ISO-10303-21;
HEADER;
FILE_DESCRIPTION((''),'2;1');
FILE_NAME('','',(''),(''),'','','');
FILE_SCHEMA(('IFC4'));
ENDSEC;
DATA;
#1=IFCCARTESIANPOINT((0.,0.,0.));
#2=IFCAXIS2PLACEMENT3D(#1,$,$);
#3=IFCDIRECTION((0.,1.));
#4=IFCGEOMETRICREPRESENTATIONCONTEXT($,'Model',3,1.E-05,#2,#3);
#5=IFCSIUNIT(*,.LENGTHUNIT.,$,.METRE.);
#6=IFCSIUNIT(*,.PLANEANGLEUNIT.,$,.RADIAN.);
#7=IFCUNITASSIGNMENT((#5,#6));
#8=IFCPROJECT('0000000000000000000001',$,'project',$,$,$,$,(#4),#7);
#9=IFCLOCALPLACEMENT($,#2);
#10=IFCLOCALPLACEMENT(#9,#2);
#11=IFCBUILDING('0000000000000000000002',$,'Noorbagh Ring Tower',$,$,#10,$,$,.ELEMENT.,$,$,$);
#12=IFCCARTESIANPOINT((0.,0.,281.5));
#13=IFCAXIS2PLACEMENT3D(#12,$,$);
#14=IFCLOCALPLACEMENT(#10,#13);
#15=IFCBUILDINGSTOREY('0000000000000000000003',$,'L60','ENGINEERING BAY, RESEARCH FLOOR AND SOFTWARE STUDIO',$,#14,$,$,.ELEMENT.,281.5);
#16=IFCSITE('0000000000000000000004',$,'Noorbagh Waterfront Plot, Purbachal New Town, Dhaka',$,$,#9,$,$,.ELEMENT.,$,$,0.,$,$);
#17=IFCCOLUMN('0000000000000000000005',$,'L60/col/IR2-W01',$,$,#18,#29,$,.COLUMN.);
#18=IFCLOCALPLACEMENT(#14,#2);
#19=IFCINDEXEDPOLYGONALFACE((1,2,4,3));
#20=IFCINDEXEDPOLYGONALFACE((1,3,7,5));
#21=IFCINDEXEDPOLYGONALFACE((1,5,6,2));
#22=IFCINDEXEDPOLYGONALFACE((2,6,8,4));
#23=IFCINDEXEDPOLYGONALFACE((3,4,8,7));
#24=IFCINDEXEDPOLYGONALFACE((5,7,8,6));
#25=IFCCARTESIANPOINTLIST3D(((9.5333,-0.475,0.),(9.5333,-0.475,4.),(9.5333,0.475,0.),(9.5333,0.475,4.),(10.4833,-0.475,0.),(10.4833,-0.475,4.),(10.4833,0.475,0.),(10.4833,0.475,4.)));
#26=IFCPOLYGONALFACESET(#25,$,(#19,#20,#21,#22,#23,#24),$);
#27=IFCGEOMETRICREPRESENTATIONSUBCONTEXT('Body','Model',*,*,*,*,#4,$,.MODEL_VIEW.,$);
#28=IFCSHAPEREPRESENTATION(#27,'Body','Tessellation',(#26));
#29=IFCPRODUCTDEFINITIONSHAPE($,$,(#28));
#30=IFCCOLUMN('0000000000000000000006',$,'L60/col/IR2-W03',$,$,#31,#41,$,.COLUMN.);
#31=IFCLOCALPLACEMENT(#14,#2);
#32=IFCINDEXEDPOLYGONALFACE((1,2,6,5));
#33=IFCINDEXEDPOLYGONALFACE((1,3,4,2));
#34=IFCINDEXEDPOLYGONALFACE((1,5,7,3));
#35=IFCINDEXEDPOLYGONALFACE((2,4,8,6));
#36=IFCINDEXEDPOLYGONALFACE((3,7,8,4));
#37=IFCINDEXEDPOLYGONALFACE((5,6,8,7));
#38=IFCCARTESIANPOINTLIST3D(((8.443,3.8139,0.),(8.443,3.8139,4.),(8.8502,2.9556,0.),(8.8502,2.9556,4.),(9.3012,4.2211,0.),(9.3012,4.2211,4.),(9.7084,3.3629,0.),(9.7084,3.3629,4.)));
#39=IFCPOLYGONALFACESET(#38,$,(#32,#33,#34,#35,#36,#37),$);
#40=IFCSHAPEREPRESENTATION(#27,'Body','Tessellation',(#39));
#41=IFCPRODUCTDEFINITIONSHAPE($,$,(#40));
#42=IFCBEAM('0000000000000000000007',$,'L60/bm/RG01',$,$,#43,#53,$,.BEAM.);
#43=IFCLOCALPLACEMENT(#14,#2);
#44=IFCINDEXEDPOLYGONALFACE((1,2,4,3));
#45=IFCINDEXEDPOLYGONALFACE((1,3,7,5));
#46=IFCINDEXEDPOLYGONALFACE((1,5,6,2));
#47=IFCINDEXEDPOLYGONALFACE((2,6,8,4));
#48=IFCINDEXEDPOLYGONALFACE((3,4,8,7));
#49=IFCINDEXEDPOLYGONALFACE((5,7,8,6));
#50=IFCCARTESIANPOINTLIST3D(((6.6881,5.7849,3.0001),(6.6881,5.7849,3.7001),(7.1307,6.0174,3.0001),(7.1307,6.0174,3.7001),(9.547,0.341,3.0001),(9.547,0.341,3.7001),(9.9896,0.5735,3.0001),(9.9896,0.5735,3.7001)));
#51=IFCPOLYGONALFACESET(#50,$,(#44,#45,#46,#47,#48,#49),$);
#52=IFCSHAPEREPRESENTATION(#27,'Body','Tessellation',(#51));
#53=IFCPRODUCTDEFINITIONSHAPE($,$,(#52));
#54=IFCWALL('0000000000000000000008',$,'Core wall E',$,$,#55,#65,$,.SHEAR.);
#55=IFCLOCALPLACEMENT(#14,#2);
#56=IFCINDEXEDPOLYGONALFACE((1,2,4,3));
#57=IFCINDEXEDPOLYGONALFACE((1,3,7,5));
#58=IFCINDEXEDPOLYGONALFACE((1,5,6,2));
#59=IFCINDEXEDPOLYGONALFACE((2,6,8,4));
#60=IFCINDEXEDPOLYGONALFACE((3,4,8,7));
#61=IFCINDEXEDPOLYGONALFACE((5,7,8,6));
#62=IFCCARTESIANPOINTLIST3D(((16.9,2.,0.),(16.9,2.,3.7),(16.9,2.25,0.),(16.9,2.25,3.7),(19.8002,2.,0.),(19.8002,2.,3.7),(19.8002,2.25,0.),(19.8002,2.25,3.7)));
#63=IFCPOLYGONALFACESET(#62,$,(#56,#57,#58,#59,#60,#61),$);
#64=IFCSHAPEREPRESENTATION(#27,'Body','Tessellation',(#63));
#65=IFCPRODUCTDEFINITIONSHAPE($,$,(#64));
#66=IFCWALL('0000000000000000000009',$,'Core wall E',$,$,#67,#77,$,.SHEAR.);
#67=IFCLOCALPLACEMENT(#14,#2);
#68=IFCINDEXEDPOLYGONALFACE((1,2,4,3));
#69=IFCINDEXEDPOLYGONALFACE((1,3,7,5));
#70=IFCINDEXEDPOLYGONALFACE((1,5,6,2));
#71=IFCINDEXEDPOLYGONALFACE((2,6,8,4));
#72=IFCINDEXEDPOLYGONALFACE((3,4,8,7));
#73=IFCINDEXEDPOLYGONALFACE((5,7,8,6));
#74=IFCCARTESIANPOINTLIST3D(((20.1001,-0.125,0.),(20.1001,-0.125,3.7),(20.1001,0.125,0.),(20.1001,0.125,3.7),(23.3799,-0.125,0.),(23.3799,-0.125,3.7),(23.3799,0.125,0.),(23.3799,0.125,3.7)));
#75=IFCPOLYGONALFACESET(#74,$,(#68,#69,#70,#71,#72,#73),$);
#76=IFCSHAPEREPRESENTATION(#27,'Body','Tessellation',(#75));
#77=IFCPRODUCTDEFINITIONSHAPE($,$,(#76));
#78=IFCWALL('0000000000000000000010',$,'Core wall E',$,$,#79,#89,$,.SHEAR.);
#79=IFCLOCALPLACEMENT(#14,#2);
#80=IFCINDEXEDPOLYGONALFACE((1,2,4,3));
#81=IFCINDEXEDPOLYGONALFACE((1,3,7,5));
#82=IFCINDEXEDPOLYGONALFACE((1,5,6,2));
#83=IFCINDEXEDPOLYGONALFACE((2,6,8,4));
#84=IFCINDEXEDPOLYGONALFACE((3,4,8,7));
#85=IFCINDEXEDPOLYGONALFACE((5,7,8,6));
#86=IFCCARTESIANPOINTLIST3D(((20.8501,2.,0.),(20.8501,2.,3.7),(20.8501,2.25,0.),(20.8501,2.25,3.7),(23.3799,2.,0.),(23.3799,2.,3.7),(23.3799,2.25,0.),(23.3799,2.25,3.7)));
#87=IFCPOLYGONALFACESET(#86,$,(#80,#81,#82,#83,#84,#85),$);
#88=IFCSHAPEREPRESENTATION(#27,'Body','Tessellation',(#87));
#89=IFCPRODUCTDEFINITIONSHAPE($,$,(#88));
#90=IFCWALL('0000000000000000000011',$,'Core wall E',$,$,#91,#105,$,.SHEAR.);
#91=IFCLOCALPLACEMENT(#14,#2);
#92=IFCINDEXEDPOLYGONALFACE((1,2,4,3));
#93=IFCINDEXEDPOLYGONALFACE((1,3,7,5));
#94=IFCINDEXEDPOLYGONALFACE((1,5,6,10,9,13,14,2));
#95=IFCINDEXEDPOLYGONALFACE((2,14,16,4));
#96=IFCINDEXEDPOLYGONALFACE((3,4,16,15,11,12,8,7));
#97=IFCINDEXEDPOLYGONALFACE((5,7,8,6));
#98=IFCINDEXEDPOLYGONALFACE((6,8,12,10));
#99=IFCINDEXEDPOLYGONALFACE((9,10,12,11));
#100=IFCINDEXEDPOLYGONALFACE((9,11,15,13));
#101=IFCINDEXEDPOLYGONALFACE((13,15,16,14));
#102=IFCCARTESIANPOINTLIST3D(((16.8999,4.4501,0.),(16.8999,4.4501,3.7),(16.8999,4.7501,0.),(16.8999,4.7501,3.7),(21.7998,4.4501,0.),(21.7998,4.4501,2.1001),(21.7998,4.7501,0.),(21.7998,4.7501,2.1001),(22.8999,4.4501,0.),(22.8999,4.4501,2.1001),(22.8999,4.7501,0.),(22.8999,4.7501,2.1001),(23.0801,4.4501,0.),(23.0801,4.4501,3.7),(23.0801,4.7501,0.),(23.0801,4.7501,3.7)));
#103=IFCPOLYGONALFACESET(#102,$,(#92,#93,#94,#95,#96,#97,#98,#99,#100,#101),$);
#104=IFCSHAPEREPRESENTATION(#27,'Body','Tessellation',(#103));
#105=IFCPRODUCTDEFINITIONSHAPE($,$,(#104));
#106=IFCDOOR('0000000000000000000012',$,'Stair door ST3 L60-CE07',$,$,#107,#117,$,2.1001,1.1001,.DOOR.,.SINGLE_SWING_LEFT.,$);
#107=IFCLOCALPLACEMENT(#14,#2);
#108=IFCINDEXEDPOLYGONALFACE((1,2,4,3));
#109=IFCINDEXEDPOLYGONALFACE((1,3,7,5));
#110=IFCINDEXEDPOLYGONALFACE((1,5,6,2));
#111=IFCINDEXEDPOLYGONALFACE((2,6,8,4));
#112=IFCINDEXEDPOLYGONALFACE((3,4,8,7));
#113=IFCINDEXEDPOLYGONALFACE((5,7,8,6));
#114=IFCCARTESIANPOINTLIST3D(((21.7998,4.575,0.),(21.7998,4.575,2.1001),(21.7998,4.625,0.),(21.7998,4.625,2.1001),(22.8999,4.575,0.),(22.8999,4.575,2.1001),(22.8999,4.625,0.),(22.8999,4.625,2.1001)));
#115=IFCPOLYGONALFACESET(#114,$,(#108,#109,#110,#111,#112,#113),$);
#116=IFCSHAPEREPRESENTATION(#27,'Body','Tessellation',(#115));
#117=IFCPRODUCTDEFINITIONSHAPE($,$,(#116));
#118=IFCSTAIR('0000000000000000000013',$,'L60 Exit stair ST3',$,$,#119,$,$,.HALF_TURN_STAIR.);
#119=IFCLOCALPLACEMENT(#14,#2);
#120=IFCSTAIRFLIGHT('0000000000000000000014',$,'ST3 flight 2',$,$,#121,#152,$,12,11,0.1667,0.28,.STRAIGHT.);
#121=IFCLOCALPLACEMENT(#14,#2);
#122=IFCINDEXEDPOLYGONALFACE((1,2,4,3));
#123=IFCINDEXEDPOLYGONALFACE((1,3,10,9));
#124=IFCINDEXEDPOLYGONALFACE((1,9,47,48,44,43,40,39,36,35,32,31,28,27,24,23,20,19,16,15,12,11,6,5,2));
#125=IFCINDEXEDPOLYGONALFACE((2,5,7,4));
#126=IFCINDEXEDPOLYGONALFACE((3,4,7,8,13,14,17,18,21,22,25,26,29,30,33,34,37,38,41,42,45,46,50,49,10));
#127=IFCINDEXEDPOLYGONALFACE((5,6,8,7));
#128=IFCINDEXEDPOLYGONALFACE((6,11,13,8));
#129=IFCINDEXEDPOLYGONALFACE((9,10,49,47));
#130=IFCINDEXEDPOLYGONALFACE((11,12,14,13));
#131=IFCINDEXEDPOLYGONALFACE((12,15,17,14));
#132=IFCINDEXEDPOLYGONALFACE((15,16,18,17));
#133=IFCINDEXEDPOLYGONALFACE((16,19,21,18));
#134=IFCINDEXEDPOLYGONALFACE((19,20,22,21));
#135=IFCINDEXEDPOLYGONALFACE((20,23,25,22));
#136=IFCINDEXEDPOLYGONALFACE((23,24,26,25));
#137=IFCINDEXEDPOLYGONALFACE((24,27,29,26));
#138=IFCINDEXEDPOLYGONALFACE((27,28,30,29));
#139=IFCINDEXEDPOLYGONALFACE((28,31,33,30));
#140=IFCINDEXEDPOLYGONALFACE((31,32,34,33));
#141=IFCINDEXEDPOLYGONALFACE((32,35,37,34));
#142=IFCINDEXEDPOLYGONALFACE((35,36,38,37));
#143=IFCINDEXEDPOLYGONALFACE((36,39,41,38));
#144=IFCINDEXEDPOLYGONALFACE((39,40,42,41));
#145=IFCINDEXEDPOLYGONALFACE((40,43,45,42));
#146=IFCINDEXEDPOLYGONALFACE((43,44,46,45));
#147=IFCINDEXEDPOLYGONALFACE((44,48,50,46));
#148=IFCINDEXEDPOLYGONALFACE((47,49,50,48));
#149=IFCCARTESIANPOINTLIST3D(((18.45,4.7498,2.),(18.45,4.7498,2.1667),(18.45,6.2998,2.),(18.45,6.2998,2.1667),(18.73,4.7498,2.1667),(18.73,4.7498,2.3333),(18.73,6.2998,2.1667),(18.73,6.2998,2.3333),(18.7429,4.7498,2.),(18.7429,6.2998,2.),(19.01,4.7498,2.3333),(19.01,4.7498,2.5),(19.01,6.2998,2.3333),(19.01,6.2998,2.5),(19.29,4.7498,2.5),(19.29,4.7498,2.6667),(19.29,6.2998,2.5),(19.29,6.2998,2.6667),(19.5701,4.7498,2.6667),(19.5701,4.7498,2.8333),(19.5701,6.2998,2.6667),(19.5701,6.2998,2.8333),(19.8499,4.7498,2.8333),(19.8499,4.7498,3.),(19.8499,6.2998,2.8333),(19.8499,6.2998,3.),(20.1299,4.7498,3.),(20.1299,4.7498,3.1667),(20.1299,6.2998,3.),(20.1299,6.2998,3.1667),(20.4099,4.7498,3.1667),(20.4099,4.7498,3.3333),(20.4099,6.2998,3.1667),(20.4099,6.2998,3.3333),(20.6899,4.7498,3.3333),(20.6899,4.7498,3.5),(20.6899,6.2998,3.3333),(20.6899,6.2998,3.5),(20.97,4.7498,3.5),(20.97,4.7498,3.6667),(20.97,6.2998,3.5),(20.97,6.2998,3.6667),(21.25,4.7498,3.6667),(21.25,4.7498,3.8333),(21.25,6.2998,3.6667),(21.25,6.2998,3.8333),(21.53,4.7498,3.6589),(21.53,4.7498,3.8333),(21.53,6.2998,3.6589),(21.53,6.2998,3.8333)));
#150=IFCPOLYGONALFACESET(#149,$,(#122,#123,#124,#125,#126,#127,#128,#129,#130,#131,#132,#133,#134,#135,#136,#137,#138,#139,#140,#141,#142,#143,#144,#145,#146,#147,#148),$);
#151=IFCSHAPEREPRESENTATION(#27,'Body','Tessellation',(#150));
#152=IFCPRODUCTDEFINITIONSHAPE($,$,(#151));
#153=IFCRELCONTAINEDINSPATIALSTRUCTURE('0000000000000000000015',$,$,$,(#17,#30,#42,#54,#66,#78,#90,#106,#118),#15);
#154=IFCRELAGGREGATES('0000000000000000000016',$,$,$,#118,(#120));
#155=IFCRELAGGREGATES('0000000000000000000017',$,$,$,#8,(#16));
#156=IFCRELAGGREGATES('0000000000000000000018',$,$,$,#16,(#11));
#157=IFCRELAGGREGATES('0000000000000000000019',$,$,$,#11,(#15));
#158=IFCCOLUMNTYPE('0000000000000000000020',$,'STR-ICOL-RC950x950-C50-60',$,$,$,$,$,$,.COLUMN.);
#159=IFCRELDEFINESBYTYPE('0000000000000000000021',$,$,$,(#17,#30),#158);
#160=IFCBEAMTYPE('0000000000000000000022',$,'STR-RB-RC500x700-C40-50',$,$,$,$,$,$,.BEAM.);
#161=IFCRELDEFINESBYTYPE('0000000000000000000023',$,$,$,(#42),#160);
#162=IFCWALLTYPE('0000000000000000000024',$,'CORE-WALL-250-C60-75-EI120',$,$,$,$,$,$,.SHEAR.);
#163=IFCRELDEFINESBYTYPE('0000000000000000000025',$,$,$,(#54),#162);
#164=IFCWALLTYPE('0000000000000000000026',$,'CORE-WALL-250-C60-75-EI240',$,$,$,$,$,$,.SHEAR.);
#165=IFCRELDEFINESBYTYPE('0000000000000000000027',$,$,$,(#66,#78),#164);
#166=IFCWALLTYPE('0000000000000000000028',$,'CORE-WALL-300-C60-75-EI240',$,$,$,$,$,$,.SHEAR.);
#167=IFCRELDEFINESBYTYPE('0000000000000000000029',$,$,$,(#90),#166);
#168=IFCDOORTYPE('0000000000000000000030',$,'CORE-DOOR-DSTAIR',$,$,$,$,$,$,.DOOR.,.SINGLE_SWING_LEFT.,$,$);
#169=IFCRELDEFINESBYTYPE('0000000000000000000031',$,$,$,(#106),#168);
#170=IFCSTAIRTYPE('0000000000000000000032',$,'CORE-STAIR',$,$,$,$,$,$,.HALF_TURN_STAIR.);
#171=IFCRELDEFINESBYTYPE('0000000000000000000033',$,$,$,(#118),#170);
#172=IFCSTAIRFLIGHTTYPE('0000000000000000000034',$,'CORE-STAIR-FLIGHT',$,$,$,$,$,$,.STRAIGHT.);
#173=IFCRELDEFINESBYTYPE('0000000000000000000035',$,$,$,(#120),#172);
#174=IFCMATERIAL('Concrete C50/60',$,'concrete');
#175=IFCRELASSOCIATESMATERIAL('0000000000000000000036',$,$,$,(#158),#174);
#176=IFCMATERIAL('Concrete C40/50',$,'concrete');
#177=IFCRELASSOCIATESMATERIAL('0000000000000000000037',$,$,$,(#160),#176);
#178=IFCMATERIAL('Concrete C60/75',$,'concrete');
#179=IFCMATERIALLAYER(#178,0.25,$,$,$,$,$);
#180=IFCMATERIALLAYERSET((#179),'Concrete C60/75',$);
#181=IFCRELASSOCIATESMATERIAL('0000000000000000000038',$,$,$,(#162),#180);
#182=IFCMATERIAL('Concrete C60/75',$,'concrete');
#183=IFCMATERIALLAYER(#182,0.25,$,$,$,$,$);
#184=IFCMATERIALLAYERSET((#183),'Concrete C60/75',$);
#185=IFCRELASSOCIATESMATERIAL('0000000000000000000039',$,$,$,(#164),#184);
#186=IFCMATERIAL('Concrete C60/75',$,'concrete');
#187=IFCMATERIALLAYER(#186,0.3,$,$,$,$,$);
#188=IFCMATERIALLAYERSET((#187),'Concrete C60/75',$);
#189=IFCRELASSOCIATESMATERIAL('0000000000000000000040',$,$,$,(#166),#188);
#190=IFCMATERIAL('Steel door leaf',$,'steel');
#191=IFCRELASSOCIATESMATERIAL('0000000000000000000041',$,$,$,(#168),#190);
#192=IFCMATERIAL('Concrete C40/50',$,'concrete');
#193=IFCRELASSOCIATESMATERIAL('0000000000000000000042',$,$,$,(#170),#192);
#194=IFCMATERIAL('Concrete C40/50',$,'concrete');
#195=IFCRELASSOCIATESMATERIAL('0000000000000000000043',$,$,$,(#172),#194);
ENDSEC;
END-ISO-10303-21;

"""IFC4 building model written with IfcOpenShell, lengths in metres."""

from ifc_helpers import new_model, si_unit, direction, frame, frame_2d, origin, origin_2d, place, context, subcontext, project, spatial, polyline, rectangle, outline, extrude, material, layer, layer_set, material_profile, profile_set, type_object, element, fill, aggregate, save


model = new_model("IFC4")

# Units and contexts
model_context = context("Model", 3, precision=1e-05, world=origin(), true_north=direction((0.0, 1.0)))
body_context = subcontext(model_context, "Body", "Model", "MODEL_VIEW")
ifc_project = project(units=[si_unit("LENGTHUNIT", "METRE"), si_unit("PLANEANGLEUNIT", "RADIAN")], contexts=[model_context])

# Site, building, storey
site_placement = place(None, origin())
site = spatial("IfcSite", under=ifc_project, at=site_placement, Name="Noorbagh Waterfront Plot, Purbachal New Town, Dhaka", CompositionType="ELEMENT", RefElevation=0.0)
building_placement = place(site_placement, origin())
building = spatial("IfcBuilding", under=site, at=building_placement, Name="Noorbagh Ring Tower", CompositionType="ELEMENT")
storey_placement = place(building_placement, frame((0.0, 0.0, 281.5)))
storey = spatial("IfcBuildingStorey", under=building, at=storey_placement, Name="L60", Description="ENGINEERING BAY, RESEARCH FLOOR AND SOFTWARE STUDIO", CompositionType="ELEMENT", Elevation=281.5)

# Columns
ifc_material_1 = material(Name="Concrete C50/60", Category="concrete")
ifc_material_profile_1 = material_profile(ifc_material_1, rectangle(XDim=0.95, YDim=0.95, at=origin_2d()), Name="RC950x950")
ifc_profile_set_1 = profile_set([ifc_material_profile_1], Name="Concrete C50/60")
column_type = type_object("IfcColumnType", Name="STR-ICOL-RC950x950-C50-60", PredefinedType="COLUMN", material=ifc_profile_set_1)
for number, where, z_axis, x_axis, name in (
    (1, (10.0083, 0.0, 0.0), (0.0, 0.0, 1.0), (0.0, 1.0, 0.0), "L60/col/IR2-W01"),
    (2, (9.0757, 3.5884, 0.0), (0.0, 0.0, 1.0), (-0.428667, 0.903463, 0.0), "L60/col/IR2-W03"),
):
    element("IfcColumn", number, at=place(storey_placement, frame(where, z_axis=z_axis, x_axis=x_axis)), inside=storey, type_object=column_type, Name=name, PredefinedType="COLUMN", context=body_context, shape_type="SweptSolid", body=[
        extrude(rectangle(XDim=0.95, YDim=0.95, at=origin_2d()), origin(), (0.0, 0.0, 1.0), 4.0),
    ])

# Beam
ifc_material_2 = material(Name="Concrete C40/50", Category="concrete")
ifc_material_profile_2 = material_profile(ifc_material_2, rectangle(XDim=0.5, YDim=0.7, at=origin_2d()), Name="RC500x700")
ifc_profile_set_2 = profile_set([ifc_material_profile_2], Name="Concrete C40/50")
beam_type = type_object("IfcBeamType", Name="STR-RB-RC500x700-C40-50", PredefinedType="BEAM", material=ifc_profile_set_2)
beam_placement = place(storey_placement, frame((9.7683, 0.4573, 3.3501), z_axis=(-0.464944, 0.88534, 0.0), x_axis=(-0.88534, -0.464944, 0.0)))
element("IfcBeam", 3, at=beam_placement, inside=storey, type_object=beam_type, Name="L60/bm/RG01", PredefinedType="BEAM", context=body_context, shape_type="SweptSolid", body=[
    extrude(rectangle(XDim=0.5, YDim=0.7, at=origin_2d()), origin(), (0.0, 0.0, 1.0), 6.1489),
])

# Walls
ifc_material_3 = material(Name="Concrete C60/75", Category="concrete")
ifc_layer_1 = layer(ifc_material_3, 0.25)
ifc_layer_set_1 = layer_set([ifc_layer_1], Name="Concrete C60/75")
wall_type_1 = type_object("IfcWallType", Name="CORE-WALL-250-C60-75-EI120", PredefinedType="SHEAR", material=ifc_layer_set_1)
wall_1_placement = place(storey_placement, frame((16.8999, 2.125, 0.0), z_axis=(0.0, 0.0, 1.0), x_axis=(1.0, 0.0, 0.0)))
element("IfcWall", 4, at=wall_1_placement, inside=storey, type_object=wall_type_1, Name="Core wall E", PredefinedType="SHEAR", context=body_context, shape_type="SweptSolid", body=[
    extrude(rectangle(XDim=2.9001, YDim=0.25, at=frame_2d((1.4502, 0.0))), origin(), (0.0, 0.0, 1.0), 3.7),
])
ifc_material_4 = material(Name="Concrete C60/75", Category="concrete")
ifc_layer_2 = layer(ifc_material_4, 0.25)
ifc_layer_set_2 = layer_set([ifc_layer_2], Name="Concrete C60/75")
wall_type_2 = type_object("IfcWallType", Name="CORE-WALL-250-C60-75-EI240", PredefinedType="SHEAR", material=ifc_layer_set_2)
wall_2_placement = place(storey_placement, frame((20.1001, 0.0, 0.0), z_axis=(0.0, 0.0, 1.0), x_axis=(1.0, 0.0, 0.0)))
element("IfcWall", 5, at=wall_2_placement, inside=storey, type_object=wall_type_2, Name="Core wall E", PredefinedType="SHEAR", context=body_context, shape_type="SweptSolid", body=[
    extrude(rectangle(XDim=3.2798, YDim=0.25, at=frame_2d((1.6399, 0.0))), origin(), (0.0, 0.0, 1.0), 3.7),
])
wall_3_placement = place(storey_placement, frame((20.8501, 2.125, 0.0), z_axis=(0.0, 0.0, 1.0), x_axis=(1.0, 0.0, 0.0)))
element("IfcWall", 6, at=wall_3_placement, inside=storey, type_object=wall_type_2, Name="Core wall E", PredefinedType="SHEAR", context=body_context, shape_type="SweptSolid", body=[
    extrude(rectangle(XDim=2.5298, YDim=0.25, at=frame_2d((1.2649, 0.0))), origin(), (0.0, 0.0, 1.0), 3.7),
])

# Wall, opening, door
ifc_material_5 = material(Name="Concrete C60/75", Category="concrete")
ifc_layer_3 = layer(ifc_material_5, 0.3)
ifc_layer_set_3 = layer_set([ifc_layer_3], Name="Concrete C60/75")
wall_type_3 = type_object("IfcWallType", Name="CORE-WALL-300-C60-75-EI240", PredefinedType="SHEAR", material=ifc_layer_set_3)
wall_4_placement = place(storey_placement, frame((16.8999, 4.6001, 0.0), z_axis=(0.0, 0.0, 1.0), x_axis=(1.0, 0.0, 0.0)))
wall_4 = element("IfcWall", 7, at=wall_4_placement, inside=storey, type_object=wall_type_3, Name="Core wall E", PredefinedType="SHEAR", context=body_context, shape_type="SweptSolid", body=[
    extrude(rectangle(XDim=6.1802, YDim=0.3, at=frame_2d((3.0901, 0.0))), origin(), (0.0, 0.0, 1.0), 3.7),
])
opening_placement = place(wall_4_placement, frame((4.8999, 0.0, 0.0)))
opening = element("IfcOpeningElement", 8, at=opening_placement, cuts=wall_4, PredefinedType="OPENING", context=body_context, shape_type="SweptSolid", body=[
    extrude(rectangle(XDim=1.1001, YDim=2.1001, at=frame_2d((0.55, 1.05))), frame((0.0, 0.1602, 0.0), z_axis=(0.0, -1.0, 0.0), x_axis=(1.0, 0.0, 0.0)), (0.0, 0.0, 1.0), 0.3201),
])
ifc_material_6 = material(Name="Steel door leaf", Category="steel")
door_type = type_object("IfcDoorType", Name="CORE-DOOR-DSTAIR", OperationType="SINGLE_SWING_LEFT", PredefinedType="DOOR", material=ifc_material_6)
door_placement = place(opening_placement, origin())
door = element("IfcDoor", 9, at=door_placement, inside=storey, type_object=door_type, Name="Stair door ST3 L60-CE07", OperationType="SINGLE_SWING_LEFT", OverallHeight=2.1001, OverallWidth=1.1001, PredefinedType="DOOR", context=body_context, shape_type="SweptSolid", body=[
    extrude(rectangle(XDim=1.1001, YDim=2.1001, at=frame_2d((0.55, 1.05))), frame((0.0, 0.0249, 0.0), z_axis=(0.0, -1.0, 0.0), x_axis=(1.0, 0.0, 0.0)), (0.0, 0.0, 1.0), 0.05),
])
fill(opening, door)

# Stair, stair flight
ifc_material_7 = material(Name="Concrete C40/50", Category="concrete")
stair_type = type_object("IfcStairType", Name="CORE-STAIR", PredefinedType="HALF_TURN_STAIR", material=ifc_material_7)
stair_placement = place(storey_placement, origin())
stair = element("IfcStair", 10, at=stair_placement, inside=storey, type_object=stair_type, Name="L60 Exit stair ST3", PredefinedType="HALF_TURN_STAIR")
ifc_material_8 = material(Name="Concrete C40/50", Category="concrete")
stair_flight_type = type_object("IfcStairFlightType", Name="CORE-STAIR-FLIGHT", PredefinedType="STRAIGHT", material=ifc_material_8)
stair_flight_placement = place(storey_placement, frame((18.45, 5.5249, 2.0), z_axis=(0.0, 0.0, 1.0), x_axis=(1.0, 0.0, 0.0)))
stair_flight = element("IfcStairFlight", 11, at=stair_flight_placement, type_object=stair_flight_type, Name="ST3 flight 2", NumberOfRisers=12, NumberOfTreads=11, PredefinedType="STRAIGHT", RiserHeight=0.1667, TreadLength=0.28, context=body_context, shape_type="SweptSolid", body=[
    extrude(outline(polyline([(0.0, 0.0), (0.0, 0.1667), (0.28, 0.1667), (0.28, 0.3333), (0.5601, 0.3333), (0.5601, 0.5), (0.8401, 0.5), (0.8401, 0.6667), (1.1201, 0.6667), (1.1201, 0.8333), (1.3999, 0.8333), (1.3999, 1.0), (1.6799, 1.0), (1.6799, 1.1667), (1.96, 1.1667), (1.96, 1.3333), (2.24, 1.3333), (2.24, 1.5), (2.52, 1.5), (2.52, 1.6667), (2.8, 1.6667), (2.8, 1.8333), (3.0801, 1.8333), (3.0801, 2.0), (3.0801, 1.6589), (0.293, 0.0), (0.0, 0.0)])), frame((0.0, 0.7749, 0.0), z_axis=(0.0, -1.0, 0.0), x_axis=(1.0, 0.0, 0.0)), (0.0, 0.0, 1.0), 1.55),
])
aggregate(stair, [stair_flight])

save(model, "model.ifc")
